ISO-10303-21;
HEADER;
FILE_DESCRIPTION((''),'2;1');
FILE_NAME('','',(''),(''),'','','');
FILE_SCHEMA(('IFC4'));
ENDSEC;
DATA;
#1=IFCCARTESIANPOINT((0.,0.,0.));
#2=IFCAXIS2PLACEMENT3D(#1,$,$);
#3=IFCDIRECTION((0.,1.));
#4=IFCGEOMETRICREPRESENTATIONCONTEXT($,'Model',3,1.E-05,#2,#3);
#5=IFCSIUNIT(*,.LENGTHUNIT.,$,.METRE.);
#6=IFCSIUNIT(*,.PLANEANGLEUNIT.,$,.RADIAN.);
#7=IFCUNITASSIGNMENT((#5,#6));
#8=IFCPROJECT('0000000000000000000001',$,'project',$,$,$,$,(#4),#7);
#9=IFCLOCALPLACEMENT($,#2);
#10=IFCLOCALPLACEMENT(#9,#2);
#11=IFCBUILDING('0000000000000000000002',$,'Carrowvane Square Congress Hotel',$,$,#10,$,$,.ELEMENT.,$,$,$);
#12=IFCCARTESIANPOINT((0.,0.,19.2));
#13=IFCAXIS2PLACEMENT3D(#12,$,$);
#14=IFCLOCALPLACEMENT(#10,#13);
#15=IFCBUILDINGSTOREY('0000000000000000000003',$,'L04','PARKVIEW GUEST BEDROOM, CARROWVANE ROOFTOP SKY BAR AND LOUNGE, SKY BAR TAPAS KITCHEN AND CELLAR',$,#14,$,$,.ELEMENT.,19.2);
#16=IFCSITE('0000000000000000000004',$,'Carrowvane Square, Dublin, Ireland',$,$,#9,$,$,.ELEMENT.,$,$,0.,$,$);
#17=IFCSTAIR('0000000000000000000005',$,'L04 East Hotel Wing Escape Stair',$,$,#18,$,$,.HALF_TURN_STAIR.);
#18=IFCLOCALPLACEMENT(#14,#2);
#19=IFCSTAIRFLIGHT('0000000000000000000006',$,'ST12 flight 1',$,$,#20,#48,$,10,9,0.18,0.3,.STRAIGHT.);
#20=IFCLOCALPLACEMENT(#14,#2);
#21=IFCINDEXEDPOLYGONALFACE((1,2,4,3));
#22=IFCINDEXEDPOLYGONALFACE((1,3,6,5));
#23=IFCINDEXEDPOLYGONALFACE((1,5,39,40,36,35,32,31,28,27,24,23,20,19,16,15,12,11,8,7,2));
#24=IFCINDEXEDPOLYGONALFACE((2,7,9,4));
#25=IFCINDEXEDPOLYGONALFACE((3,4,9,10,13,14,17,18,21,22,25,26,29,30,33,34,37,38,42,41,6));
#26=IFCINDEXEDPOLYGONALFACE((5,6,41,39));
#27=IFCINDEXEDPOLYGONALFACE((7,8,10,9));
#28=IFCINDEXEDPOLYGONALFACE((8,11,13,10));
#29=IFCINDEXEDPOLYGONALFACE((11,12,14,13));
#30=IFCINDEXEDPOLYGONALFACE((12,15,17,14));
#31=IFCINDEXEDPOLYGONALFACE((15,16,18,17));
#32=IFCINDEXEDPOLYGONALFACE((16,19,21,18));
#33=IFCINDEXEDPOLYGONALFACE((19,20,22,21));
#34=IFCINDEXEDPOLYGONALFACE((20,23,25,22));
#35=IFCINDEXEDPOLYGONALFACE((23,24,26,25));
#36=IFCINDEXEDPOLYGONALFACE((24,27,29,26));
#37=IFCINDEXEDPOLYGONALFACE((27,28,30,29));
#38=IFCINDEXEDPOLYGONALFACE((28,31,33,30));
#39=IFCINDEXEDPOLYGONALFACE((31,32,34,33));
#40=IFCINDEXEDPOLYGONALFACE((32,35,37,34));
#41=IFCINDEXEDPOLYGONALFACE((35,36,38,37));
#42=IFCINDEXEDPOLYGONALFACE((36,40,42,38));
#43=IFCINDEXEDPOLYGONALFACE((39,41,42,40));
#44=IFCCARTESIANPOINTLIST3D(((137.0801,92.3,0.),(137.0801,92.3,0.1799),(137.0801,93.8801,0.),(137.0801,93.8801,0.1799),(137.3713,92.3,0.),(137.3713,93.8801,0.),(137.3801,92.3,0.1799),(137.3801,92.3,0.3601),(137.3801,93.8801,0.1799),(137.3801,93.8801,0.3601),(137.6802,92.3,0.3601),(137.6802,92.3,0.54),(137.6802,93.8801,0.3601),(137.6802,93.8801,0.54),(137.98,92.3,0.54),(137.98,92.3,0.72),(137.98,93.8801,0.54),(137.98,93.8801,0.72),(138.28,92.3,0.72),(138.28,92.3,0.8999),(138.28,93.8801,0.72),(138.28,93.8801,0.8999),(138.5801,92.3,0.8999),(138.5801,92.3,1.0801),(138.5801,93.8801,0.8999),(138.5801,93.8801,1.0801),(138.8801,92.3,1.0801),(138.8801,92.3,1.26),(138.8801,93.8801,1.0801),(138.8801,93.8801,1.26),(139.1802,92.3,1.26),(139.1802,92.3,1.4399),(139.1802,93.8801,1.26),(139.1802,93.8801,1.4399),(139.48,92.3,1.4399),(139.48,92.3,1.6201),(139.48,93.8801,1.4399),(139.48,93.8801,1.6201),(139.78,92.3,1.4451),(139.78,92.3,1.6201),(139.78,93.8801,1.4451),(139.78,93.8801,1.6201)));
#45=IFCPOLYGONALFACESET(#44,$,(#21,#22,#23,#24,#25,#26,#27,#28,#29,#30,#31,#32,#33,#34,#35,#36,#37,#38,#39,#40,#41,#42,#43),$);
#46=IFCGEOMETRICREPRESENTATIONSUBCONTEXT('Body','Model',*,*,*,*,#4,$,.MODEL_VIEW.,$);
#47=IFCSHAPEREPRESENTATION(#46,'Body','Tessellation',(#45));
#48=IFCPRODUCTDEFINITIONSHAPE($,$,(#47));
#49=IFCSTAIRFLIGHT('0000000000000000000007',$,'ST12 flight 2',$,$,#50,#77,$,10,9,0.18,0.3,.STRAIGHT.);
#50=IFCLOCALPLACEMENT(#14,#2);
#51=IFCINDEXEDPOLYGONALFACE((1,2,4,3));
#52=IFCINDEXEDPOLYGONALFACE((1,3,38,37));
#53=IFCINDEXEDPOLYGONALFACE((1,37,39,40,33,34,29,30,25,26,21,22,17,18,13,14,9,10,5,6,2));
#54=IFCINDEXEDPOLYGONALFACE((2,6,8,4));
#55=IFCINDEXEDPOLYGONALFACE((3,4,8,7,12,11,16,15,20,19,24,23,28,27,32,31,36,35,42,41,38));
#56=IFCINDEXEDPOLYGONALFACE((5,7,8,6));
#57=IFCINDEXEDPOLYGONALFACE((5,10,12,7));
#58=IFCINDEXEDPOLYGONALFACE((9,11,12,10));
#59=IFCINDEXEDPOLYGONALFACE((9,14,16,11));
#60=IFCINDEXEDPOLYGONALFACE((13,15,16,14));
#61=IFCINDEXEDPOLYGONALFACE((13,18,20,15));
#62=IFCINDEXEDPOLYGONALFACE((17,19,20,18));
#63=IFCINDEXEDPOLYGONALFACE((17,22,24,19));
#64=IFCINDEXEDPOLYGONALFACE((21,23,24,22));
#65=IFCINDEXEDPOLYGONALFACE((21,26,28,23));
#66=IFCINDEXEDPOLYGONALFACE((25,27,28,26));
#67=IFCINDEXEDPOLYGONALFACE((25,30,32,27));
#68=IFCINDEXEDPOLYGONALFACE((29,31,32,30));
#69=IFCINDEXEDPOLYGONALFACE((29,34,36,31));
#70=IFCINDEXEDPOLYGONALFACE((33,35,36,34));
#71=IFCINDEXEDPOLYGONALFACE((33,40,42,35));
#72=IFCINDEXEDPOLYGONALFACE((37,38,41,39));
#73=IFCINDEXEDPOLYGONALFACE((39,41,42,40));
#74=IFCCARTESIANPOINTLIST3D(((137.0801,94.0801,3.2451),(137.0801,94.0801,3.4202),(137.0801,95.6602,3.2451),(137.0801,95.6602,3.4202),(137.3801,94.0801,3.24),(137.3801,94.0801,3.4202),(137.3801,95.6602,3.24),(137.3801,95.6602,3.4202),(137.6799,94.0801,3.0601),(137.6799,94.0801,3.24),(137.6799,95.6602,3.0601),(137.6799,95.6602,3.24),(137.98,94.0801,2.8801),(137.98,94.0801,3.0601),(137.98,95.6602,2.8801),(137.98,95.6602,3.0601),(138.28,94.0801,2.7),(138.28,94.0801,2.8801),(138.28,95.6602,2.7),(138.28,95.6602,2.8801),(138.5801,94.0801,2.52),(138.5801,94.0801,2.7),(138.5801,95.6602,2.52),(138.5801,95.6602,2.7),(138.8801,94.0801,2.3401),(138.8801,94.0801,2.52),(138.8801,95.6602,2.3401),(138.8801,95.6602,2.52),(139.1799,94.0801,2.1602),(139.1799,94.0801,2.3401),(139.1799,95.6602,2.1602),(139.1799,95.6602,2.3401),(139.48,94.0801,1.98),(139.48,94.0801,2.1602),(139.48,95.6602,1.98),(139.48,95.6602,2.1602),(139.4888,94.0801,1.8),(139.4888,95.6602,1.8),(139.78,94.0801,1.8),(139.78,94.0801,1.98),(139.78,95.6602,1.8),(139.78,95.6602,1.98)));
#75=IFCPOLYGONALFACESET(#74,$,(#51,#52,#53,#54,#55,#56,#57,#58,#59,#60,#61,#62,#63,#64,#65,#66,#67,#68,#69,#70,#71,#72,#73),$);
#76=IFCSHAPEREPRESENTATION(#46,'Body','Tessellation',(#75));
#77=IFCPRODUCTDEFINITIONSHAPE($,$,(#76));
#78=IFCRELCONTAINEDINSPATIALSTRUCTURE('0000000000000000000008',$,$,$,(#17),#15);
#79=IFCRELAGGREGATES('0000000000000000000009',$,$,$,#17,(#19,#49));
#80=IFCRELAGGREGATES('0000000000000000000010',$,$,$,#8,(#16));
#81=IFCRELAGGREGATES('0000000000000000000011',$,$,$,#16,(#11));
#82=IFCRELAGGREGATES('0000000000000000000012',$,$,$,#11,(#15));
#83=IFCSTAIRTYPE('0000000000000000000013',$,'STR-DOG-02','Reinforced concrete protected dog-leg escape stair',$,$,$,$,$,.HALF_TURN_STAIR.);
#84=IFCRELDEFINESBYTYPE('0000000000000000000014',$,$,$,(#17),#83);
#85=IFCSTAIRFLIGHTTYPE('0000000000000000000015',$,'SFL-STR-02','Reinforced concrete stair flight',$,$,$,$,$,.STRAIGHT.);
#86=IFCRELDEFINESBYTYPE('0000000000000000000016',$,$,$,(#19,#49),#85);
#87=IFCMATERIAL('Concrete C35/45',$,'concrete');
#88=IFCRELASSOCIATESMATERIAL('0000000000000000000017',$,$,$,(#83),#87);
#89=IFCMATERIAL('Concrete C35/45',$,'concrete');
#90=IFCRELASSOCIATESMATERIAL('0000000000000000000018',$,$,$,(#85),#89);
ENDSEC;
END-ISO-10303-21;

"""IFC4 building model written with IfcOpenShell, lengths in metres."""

from ifc_helpers import new_model, si_unit, direction, frame, origin, place, context, subcontext, project, spatial, polyline, outline, extrude, material, type_object, element, aggregate, save


model = new_model("IFC4")

# Units and contexts
model_context = context("Model", 3, precision=1e-05, world=origin(), true_north=direction((0.0, 1.0)))
body_context = subcontext(model_context, "Body", "Model", "MODEL_VIEW")
ifc_project = project(units=[si_unit("LENGTHUNIT", "METRE"), si_unit("PLANEANGLEUNIT", "RADIAN")], contexts=[model_context])

# Site, building, storey
site_placement = place(None, origin())
site = spatial("IfcSite", under=ifc_project, at=site_placement, Name="Carrowvane Square, Dublin, Ireland", CompositionType="ELEMENT", RefElevation=0.0)
building_placement = place(site_placement, origin())
building = spatial("IfcBuilding", under=site, at=building_placement, Name="Carrowvane Square Congress Hotel", CompositionType="ELEMENT")
storey_placement = place(building_placement, frame((0.0, 0.0, 19.2)))
storey = spatial("IfcBuildingStorey", under=building, at=storey_placement, Name="L04", Description="PARKVIEW GUEST BEDROOM, CARROWVANE ROOFTOP SKY BAR AND LOUNGE, SKY BAR TAPAS KITCHEN AND CELLAR", CompositionType="ELEMENT", Elevation=19.2)

# Stair, stair flights
ifc_material_1 = material(Name="Concrete C35/45", Category="concrete")
stair_type = type_object("IfcStairType", Name="STR-DOG-02", Description="Reinforced concrete protected dog-leg escape stair", PredefinedType="HALF_TURN_STAIR", material=ifc_material_1)
stair_placement = place(storey_placement, origin())
stair = element("IfcStair", 1, at=stair_placement, inside=storey, type_object=stair_type, Name="L04 East Hotel Wing Escape Stair", PredefinedType="HALF_TURN_STAIR")
ifc_material_2 = material(Name="Concrete C35/45", Category="concrete")
stair_flight_type = type_object("IfcStairFlightType", Name="SFL-STR-02", Description="Reinforced concrete stair flight", PredefinedType="STRAIGHT", material=ifc_material_2)
stair_flight_1_placement = place(storey_placement, frame((137.0801, 93.0901, 0.0), z_axis=(0.0, 0.0, 1.0), x_axis=(1.0, 0.0, 0.0)))
stair_flight_1 = element("IfcStairFlight", 2, at=stair_flight_1_placement, type_object=stair_flight_type, Name="ST12 flight 1", NumberOfRisers=10, NumberOfTreads=9, PredefinedType="STRAIGHT", RiserHeight=0.18, TreadLength=0.3, context=body_context, shape_type="SweptSolid", body=[
    extrude(outline(polyline([(0.0, 0.0), (0.0, 0.1799), (0.3, 0.1799), (0.3, 0.3601), (0.6001, 0.3601), (0.6001, 0.54), (0.8999, 0.54), (0.8999, 0.72), (1.2, 0.72), (1.2, 0.8999), (1.5, 0.8999), (1.5, 1.0801), (1.8, 1.0801), (1.8, 1.26), (2.1001, 1.26), (2.1001, 1.4399), (2.3999, 1.4399), (2.3999, 1.6201), (2.7, 1.6201), (2.7, 1.8), (2.7, 1.4451), (0.2913, 0.0), (0.0, 0.0)])), frame((0.0, 0.79, 0.0), z_axis=(0.0, -1.0, 0.0), x_axis=(1.0, 0.0, 0.0)), (0.0, 0.0, 1.0), 1.5801),
])
stair_flight_2_placement = place(storey_placement, frame((139.78, 94.8701, 1.8), z_axis=(0.0, 0.0, 1.0), x_axis=(-1.0, 0.0, 0.0)))
stair_flight_2 = element("IfcStairFlight", 3, at=stair_flight_2_placement, type_object=stair_flight_type, Name="ST12 flight 2", NumberOfRisers=10, NumberOfTreads=9, PredefinedType="STRAIGHT", RiserHeight=0.18, TreadLength=0.3, context=body_context, shape_type="SweptSolid", body=[
    extrude(outline(polyline([(0.0, 0.0), (0.0, 0.1799), (0.3, 0.1799), (0.3, 0.3601), (0.6001, 0.3601), (0.6001, 0.54), (0.8999, 0.54), (0.8999, 0.72), (1.2, 0.72), (1.2, 0.8999), (1.5, 0.8999), (1.5, 1.0801), (1.8, 1.0801), (1.8, 1.26), (2.1001, 1.26), (2.1001, 1.4399), (2.3999, 1.4399), (2.3999, 1.6201), (2.7, 1.6201), (2.7, 1.8), (2.7, 1.4451), (0.2913, 0.0), (0.0, 0.0)])), frame((0.0, 0.79, 0.0), z_axis=(0.0, -1.0, 0.0), x_axis=(1.0, 0.0, 0.0)), (0.0, 0.0, 1.0), 1.5801),
])
aggregate(stair, [stair_flight_1, stair_flight_2])

save(model, "model.ifc")
